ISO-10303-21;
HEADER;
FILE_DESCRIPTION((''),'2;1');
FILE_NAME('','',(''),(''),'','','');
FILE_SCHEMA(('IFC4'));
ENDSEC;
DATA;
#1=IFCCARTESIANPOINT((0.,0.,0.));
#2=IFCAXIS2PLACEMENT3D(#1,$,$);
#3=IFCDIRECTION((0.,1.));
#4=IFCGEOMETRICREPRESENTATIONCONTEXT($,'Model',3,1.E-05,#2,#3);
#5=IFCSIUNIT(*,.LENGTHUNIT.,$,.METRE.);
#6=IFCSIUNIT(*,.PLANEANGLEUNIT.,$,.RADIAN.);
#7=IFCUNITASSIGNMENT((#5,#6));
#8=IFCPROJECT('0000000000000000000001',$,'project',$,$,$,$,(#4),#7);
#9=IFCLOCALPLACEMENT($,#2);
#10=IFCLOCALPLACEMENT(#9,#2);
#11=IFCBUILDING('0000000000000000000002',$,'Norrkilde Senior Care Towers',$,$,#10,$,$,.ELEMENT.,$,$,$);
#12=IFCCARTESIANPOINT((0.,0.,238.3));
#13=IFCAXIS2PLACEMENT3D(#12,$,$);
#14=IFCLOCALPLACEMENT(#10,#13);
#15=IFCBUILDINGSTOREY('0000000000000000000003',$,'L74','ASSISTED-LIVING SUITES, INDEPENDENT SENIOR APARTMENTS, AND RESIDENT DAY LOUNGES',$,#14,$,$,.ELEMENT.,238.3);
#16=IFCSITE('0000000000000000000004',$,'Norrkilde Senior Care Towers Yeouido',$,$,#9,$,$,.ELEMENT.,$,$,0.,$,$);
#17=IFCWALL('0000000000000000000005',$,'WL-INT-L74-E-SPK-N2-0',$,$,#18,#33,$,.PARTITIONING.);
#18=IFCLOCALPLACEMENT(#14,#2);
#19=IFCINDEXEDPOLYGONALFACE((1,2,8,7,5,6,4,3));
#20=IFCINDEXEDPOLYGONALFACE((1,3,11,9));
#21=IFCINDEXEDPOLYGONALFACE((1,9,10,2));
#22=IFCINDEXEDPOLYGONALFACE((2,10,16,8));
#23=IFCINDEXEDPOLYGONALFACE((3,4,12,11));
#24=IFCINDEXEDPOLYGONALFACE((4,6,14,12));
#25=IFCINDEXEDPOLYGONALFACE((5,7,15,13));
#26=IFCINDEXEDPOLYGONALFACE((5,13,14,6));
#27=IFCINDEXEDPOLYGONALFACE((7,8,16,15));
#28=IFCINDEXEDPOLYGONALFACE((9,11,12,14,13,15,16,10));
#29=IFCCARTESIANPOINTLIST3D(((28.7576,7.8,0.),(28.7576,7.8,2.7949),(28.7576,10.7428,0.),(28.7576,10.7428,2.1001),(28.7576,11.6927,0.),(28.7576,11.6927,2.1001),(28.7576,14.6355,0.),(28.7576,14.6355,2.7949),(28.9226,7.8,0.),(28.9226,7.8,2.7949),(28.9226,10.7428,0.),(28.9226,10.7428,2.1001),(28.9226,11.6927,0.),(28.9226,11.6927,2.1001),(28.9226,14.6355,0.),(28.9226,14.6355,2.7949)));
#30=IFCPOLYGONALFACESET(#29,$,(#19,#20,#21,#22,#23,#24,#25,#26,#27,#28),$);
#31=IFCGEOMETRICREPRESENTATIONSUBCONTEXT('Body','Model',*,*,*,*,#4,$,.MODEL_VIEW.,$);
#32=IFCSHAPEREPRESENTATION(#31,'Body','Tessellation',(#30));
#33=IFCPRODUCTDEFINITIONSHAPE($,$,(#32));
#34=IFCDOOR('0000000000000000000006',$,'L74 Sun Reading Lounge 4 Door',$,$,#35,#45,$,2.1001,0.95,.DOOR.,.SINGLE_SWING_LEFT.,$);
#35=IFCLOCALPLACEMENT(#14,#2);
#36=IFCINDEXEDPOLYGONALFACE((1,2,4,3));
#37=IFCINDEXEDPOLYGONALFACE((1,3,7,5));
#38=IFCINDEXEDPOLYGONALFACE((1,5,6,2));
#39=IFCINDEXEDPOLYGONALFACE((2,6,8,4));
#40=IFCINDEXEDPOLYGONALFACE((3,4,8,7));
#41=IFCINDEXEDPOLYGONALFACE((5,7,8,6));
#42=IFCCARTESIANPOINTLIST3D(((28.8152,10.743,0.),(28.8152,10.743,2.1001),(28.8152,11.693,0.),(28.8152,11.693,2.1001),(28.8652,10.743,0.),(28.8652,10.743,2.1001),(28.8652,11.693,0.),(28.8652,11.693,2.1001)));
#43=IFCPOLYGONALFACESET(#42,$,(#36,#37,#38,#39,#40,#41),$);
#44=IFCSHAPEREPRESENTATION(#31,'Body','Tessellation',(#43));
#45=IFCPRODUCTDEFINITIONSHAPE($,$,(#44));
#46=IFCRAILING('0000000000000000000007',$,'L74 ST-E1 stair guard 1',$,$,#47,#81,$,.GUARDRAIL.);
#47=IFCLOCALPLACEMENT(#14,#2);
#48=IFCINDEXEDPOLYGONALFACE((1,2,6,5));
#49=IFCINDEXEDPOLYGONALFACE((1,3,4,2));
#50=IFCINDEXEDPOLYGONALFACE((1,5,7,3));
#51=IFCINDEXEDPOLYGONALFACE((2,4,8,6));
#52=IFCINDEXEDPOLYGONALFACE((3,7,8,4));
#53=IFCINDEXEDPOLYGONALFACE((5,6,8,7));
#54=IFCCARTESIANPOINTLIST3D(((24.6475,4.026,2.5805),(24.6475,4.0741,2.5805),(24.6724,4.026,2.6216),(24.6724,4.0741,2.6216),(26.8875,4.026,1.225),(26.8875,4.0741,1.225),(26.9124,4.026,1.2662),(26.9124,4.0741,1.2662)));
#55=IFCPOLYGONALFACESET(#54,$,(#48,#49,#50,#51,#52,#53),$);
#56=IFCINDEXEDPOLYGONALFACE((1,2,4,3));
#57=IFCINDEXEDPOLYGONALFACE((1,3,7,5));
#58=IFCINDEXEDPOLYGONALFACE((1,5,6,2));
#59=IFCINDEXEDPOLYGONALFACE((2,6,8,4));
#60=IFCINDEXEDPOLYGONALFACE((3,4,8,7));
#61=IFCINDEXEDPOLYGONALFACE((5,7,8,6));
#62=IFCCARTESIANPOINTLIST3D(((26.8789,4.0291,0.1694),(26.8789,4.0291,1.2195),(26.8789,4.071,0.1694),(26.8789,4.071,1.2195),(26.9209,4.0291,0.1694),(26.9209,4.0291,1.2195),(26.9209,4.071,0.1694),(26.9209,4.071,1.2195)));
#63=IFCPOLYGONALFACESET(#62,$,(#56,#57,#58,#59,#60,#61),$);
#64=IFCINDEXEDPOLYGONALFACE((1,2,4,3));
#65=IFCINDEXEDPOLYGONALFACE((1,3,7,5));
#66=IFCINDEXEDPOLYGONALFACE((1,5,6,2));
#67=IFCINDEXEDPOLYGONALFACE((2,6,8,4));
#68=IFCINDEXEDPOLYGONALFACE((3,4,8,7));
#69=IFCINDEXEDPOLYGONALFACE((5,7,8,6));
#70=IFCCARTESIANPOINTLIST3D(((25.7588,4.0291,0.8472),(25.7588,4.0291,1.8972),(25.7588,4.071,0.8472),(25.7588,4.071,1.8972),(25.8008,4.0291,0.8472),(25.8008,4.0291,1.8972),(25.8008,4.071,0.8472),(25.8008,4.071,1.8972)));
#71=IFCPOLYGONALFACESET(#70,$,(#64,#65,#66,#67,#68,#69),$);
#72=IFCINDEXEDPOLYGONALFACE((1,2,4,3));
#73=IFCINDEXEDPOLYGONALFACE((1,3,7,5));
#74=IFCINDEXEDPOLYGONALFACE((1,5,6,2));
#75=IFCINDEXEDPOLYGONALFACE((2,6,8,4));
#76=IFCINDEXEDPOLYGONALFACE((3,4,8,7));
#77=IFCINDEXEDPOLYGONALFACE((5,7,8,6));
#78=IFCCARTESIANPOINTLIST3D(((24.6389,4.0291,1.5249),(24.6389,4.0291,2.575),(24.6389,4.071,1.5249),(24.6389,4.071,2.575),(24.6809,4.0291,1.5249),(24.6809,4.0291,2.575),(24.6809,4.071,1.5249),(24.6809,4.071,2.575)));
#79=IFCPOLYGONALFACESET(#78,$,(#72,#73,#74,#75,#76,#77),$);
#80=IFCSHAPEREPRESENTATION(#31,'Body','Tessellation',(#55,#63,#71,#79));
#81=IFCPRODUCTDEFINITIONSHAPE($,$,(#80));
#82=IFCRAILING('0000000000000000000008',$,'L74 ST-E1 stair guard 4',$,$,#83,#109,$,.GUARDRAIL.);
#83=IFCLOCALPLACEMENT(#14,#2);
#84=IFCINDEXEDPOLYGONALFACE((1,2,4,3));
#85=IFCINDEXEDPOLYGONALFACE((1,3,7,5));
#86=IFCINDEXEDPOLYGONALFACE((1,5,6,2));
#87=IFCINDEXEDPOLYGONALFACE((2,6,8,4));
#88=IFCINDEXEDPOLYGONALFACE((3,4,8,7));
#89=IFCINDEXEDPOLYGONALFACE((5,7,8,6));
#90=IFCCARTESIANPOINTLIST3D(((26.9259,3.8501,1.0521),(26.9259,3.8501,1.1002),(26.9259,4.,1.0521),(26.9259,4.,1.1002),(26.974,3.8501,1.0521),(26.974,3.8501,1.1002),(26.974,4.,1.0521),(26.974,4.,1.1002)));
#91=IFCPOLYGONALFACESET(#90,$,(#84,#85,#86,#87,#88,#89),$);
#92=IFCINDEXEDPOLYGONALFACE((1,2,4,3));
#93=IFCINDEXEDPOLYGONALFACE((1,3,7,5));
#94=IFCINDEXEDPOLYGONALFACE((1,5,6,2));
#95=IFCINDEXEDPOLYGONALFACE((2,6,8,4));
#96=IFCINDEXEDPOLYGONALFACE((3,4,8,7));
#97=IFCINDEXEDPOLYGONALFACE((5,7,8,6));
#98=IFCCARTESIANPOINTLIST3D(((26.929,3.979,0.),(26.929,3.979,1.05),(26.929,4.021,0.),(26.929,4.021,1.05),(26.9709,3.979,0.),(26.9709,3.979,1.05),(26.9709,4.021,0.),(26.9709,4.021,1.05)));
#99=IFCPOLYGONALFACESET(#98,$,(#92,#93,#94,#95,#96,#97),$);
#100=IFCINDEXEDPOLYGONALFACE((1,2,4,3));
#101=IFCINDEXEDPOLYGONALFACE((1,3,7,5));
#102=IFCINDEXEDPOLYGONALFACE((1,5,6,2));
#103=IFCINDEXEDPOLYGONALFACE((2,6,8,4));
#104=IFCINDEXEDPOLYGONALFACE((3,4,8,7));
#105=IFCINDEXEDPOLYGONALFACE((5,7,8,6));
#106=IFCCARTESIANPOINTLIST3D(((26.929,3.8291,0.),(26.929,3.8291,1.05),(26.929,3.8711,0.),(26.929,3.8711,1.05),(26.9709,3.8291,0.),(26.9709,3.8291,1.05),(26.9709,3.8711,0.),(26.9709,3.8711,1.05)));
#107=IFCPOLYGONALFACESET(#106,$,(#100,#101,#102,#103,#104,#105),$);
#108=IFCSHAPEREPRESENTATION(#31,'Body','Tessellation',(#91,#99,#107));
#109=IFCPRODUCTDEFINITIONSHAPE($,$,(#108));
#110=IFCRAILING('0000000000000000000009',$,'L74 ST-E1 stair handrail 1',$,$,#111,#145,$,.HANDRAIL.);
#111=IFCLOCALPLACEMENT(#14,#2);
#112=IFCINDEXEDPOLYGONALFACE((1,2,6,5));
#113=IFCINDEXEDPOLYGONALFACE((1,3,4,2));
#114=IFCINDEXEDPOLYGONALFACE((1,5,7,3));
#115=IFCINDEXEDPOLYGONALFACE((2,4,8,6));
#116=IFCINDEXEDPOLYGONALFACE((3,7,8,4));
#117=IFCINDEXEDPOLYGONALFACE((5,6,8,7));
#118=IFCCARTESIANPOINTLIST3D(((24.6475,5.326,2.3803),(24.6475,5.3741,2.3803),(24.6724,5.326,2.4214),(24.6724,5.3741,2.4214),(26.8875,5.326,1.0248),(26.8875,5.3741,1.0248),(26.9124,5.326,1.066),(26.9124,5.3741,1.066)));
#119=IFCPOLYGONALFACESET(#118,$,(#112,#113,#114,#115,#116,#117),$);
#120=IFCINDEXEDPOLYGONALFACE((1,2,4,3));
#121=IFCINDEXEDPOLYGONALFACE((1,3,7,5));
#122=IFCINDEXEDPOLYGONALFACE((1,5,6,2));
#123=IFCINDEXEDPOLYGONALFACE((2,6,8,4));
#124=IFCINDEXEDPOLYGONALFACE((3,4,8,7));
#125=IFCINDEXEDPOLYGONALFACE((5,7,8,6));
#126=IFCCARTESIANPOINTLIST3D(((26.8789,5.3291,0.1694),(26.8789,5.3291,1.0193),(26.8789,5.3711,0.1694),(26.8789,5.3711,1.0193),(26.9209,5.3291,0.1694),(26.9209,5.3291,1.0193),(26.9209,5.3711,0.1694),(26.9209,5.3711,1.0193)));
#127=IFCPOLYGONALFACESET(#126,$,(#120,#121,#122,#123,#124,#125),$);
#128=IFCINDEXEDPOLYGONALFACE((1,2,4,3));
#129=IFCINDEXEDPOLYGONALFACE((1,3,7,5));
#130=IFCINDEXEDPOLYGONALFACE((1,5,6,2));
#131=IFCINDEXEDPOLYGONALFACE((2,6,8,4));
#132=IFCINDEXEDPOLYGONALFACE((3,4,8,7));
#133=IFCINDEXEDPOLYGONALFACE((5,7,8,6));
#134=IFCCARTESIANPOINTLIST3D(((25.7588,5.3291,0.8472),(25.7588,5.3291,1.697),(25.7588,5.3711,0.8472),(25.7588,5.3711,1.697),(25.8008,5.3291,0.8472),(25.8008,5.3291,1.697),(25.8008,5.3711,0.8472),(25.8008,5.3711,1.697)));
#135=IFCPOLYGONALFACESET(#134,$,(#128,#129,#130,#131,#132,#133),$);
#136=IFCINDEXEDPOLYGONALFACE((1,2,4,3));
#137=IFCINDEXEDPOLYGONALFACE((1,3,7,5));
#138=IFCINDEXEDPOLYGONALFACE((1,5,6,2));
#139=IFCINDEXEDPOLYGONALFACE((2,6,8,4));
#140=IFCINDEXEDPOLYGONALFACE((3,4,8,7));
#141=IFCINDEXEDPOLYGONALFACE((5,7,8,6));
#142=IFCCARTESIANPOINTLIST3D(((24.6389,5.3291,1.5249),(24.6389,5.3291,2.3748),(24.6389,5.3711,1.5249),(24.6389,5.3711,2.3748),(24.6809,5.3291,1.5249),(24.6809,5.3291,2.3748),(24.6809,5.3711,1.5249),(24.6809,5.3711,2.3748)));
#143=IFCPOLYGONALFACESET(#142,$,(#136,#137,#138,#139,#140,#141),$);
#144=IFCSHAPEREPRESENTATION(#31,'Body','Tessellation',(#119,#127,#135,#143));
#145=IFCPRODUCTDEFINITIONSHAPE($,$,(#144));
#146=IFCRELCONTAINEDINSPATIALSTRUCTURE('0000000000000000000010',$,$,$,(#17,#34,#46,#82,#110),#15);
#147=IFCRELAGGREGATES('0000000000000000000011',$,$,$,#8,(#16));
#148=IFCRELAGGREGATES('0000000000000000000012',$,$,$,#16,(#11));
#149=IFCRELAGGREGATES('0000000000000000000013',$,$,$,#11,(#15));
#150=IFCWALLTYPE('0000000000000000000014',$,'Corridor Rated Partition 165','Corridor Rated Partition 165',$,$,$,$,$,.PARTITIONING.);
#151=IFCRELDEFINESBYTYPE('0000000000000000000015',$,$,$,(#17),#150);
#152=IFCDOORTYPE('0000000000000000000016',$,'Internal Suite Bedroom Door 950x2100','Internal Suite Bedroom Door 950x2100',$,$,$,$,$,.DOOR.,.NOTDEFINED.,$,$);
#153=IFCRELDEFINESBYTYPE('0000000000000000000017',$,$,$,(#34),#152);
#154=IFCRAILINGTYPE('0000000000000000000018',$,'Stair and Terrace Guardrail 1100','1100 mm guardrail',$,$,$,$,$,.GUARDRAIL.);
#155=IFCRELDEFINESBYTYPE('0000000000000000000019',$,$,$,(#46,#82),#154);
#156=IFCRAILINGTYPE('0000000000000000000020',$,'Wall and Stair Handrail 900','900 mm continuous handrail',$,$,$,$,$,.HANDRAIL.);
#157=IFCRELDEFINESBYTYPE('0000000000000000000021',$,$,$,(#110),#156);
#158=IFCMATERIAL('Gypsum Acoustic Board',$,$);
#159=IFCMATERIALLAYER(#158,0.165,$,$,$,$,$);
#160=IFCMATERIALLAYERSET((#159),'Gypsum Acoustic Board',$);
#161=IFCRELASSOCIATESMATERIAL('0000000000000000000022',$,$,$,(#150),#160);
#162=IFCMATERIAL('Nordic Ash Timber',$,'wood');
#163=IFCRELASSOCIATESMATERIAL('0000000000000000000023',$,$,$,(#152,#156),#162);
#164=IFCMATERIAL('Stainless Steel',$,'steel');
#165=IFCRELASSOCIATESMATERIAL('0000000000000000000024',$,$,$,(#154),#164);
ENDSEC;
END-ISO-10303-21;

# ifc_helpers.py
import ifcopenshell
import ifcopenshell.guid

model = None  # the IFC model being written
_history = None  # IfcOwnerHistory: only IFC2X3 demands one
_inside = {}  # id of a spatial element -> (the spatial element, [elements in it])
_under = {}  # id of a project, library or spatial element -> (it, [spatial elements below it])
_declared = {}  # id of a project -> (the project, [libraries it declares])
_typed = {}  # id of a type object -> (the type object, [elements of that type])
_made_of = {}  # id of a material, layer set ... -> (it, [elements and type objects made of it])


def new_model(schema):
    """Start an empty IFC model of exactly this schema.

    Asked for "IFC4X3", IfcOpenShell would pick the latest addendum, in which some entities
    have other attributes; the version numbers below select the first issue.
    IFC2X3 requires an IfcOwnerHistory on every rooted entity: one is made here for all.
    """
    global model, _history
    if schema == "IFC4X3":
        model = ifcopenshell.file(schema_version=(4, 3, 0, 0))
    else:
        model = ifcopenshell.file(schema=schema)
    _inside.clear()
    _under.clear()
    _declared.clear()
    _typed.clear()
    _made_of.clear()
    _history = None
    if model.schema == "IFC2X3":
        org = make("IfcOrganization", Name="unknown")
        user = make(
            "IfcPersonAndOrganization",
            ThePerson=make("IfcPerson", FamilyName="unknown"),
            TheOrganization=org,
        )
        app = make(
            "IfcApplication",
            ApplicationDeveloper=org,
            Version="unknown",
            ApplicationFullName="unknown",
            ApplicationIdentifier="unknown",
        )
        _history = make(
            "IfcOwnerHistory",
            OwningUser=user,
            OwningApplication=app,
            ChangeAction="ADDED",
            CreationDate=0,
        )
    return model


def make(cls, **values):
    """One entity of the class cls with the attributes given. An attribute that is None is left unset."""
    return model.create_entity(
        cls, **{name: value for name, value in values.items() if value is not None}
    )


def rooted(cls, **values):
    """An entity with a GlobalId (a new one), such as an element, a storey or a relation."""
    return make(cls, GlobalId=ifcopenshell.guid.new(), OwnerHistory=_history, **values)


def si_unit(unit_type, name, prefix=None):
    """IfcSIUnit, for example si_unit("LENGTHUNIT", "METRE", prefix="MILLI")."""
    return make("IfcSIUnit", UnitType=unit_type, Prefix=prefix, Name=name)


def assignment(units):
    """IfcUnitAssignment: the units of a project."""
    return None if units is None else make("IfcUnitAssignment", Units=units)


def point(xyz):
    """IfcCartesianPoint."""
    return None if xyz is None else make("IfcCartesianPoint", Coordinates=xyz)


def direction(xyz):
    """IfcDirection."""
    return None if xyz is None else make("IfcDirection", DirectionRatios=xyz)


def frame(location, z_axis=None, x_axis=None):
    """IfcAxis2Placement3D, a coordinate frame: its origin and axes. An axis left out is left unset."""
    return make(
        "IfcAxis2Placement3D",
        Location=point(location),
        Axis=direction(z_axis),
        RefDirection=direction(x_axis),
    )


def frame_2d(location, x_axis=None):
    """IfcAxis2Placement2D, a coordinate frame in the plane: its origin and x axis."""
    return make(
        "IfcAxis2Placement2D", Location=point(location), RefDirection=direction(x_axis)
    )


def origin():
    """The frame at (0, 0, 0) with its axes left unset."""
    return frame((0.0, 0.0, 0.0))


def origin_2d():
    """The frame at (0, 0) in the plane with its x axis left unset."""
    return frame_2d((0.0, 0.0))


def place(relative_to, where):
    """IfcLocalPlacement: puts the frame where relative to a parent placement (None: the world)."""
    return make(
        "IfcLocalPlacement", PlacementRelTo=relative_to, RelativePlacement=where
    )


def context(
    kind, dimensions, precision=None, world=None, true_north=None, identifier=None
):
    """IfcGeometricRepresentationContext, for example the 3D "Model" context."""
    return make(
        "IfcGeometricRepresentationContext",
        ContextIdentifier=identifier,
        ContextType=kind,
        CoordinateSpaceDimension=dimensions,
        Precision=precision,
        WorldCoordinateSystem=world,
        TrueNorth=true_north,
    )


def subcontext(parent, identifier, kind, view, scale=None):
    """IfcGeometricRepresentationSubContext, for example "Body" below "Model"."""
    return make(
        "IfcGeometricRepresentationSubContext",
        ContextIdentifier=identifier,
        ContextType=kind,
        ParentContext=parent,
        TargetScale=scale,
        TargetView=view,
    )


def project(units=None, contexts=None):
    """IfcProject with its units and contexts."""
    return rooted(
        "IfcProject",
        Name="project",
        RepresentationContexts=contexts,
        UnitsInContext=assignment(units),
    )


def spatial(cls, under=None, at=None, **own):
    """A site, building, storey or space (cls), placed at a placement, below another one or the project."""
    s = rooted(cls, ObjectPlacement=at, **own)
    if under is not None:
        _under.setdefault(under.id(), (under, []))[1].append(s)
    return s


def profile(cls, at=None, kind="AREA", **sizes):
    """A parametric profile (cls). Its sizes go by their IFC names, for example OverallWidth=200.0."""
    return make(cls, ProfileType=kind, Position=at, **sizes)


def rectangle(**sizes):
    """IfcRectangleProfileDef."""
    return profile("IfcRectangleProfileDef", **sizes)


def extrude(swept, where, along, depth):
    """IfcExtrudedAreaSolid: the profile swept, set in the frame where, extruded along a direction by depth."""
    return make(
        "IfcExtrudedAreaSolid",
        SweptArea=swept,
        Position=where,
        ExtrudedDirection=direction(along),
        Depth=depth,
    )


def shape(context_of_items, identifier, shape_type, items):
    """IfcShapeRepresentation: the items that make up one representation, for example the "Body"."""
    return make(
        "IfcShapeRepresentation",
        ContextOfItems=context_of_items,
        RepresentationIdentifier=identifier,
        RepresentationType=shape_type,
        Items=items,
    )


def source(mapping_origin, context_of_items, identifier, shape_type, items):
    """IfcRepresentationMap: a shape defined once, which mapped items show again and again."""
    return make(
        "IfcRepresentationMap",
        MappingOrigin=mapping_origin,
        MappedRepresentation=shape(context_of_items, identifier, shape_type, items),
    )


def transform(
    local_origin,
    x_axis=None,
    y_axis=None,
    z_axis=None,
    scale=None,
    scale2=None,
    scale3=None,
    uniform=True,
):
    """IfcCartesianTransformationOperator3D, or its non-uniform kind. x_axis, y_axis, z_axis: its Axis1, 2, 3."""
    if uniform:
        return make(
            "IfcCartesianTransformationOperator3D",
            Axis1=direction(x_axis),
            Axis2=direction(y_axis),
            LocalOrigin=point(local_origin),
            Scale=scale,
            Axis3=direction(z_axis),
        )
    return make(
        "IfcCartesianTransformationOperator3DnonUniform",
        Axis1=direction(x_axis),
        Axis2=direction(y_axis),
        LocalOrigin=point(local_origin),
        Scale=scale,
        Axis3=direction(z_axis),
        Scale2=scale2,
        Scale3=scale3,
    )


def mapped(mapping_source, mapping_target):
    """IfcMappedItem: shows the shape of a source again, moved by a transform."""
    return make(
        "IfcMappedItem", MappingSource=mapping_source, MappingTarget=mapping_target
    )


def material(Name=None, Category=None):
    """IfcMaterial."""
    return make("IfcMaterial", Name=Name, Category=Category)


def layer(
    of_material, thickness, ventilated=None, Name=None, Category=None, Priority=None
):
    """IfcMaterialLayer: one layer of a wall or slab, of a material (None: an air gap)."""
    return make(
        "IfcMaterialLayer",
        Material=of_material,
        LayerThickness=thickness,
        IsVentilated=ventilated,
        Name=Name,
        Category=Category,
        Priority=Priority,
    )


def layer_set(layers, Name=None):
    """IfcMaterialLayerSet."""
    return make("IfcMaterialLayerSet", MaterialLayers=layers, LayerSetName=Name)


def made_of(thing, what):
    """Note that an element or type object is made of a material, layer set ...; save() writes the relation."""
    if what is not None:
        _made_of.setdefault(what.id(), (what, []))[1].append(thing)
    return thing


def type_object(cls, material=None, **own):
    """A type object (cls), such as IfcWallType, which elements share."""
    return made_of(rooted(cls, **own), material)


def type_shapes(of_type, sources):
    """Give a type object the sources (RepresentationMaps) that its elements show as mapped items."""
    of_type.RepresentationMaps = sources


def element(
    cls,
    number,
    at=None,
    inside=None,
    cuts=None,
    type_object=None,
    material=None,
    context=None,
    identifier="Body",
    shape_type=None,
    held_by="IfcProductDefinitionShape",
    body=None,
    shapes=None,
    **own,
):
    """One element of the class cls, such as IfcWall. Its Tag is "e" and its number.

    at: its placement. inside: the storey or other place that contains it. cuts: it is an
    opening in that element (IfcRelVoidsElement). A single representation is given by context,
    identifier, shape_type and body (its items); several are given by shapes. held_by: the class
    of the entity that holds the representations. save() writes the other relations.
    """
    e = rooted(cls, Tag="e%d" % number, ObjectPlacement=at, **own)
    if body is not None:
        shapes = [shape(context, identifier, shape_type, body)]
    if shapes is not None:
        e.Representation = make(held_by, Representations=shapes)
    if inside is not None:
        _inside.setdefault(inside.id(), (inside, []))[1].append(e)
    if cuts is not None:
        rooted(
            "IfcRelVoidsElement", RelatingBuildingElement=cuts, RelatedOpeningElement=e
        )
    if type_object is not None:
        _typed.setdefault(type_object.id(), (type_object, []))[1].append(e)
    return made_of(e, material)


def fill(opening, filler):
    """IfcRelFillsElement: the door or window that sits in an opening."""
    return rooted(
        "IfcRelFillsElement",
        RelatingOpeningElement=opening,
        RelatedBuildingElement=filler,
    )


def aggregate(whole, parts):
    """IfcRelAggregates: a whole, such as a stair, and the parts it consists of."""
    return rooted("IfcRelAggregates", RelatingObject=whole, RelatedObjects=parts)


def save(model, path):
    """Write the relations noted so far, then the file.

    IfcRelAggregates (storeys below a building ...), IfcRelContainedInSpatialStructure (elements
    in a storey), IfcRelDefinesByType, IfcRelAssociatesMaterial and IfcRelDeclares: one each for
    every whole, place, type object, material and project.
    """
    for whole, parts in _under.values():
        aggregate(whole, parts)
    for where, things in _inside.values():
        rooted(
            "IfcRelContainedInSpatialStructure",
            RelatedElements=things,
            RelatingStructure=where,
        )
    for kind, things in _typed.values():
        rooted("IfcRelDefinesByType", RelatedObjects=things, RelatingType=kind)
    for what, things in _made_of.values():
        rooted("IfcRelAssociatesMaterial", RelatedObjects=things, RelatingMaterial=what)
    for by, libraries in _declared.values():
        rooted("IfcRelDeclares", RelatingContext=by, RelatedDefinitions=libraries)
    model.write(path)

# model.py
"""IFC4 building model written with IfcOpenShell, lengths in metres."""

from ifc_helpers import new_model, si_unit, direction, frame, frame_2d, origin, origin_2d, place, context, subcontext, project, spatial, rectangle, extrude, source, transform, mapped, material, layer, layer_set, type_object, type_shapes, element, fill, save


model = new_model("IFC4")

# Units and contexts
model_context = context("Model", 3, precision=1e-05, world=origin(), true_north=direction((0.0, 1.0)))
body_context = subcontext(model_context, "Body", "Model", "MODEL_VIEW")
ifc_project = project(units=[si_unit("LENGTHUNIT", "METRE"), si_unit("PLANEANGLEUNIT", "RADIAN")], contexts=[model_context])

# Site, building, storey
site_placement = place(None, origin())
site = spatial("IfcSite", under=ifc_project, at=site_placement, Name="Norrkilde Senior Care Towers Yeouido", CompositionType="ELEMENT", RefElevation=0.0)
building_placement = place(site_placement, origin())
building = spatial("IfcBuilding", under=site, at=building_placement, Name="Norrkilde Senior Care Towers", CompositionType="ELEMENT")
storey_placement = place(building_placement, frame((0.0, 0.0, 238.3)))
storey = spatial("IfcBuildingStorey", under=building, at=storey_placement, Name="L74", Description="ASSISTED-LIVING SUITES, INDEPENDENT SENIOR APARTMENTS, AND RESIDENT DAY LOUNGES", CompositionType="ELEMENT", Elevation=238.3)

# Shared definitions
ifc_material_1 = material(Name="Stainless Steel", Category="steel")

# Shared definitions
ifc_material_2 = material(Name="Gypsum Acoustic Board")
ifc_layer_1 = layer(ifc_material_2, 0.165)
ifc_layer_set_1 = layer_set([ifc_layer_1], Name="Gypsum Acoustic Board")
wall_type_1 = type_object("IfcWallType", Name="Corridor Rated Partition 165", Description="Corridor Rated Partition 165", PredefinedType="PARTITIONING", material=ifc_layer_set_1)
ifc_material_3 = material(Name="Nordic Ash Timber", Category="wood")

# Wall, opening, door
shared_shape_1 = source(origin(), body_context, "Body", "SweptSolid", [
    extrude(rectangle(XDim=6.8354, YDim=0.165, at=frame_2d((3.4177, 0.0))), origin(), (0.0, 0.0, 1.0), 2.7949),
])
door_type_1 = type_object("IfcDoorType", Name="Internal Suite Bedroom Door 950x2100", Description="Internal Suite Bedroom Door 950x2100", OperationType="NOTDEFINED", PredefinedType="DOOR", material=ifc_material_3)
shared_shape_2 = source(origin(), body_context, "Body", "SweptSolid", [
    extrude(rectangle(XDim=0.95, YDim=2.1001, at=frame_2d((0.4751, 1.05))), frame((0.0, 0.0249, 0.0), z_axis=(0.0, -1.0, 0.0), x_axis=(1.0, 0.0, 0.0)), (0.0, 0.0, 1.0), 0.05),
])
type_shapes(door_type_1, [shared_shape_2])
wall_1_placement = place(storey_placement, frame((28.8401, 14.6355, 0.0), z_axis=(0.0, 0.0, 1.0), x_axis=(0.0, -1.0, 0.0)))
wall_1 = element("IfcWall", 1, at=wall_1_placement, inside=storey, type_object=wall_type_1, Name="WL-INT-L74-E-SPK-N2-0", PredefinedType="PARTITIONING", context=body_context, shape_type="MappedRepresentation", body=[
    mapped(shared_shape_1, transform((0.0, 0.0, 0.0), x_axis=(1.0, 0.0, 0.0), y_axis=(0.0, 1.0, 0.0), z_axis=(0.0, 0.0, 1.0), scale=1.0)),
])
opening_1_placement = place(wall_1_placement, frame((2.9426, 0.0, 0.0)))
opening_1 = element("IfcOpeningElement", 2, at=opening_1_placement, cuts=wall_1, PredefinedType="OPENING", context=body_context, shape_type="SweptSolid", body=[
    extrude(rectangle(XDim=0.95, YDim=2.1001, at=frame_2d((0.4751, 1.05))), frame((0.0, 0.0925, 0.0), z_axis=(0.0, -1.0, 0.0), x_axis=(1.0, 0.0, 0.0)), (0.0, 0.0, 1.0), 0.1851),
])
door_1_placement = place(opening_1_placement, frame((0.95, 0.0, 0.0), z_axis=(0.0, 0.0, 1.0), x_axis=(-1.0, 0.0, 0.0)))
door_1 = element("IfcDoor", 3, at=door_1_placement, inside=storey, type_object=door_type_1, Name="L74 Sun Reading Lounge 4 Door", OperationType="SINGLE_SWING_LEFT", OverallHeight=2.1001, OverallWidth=0.95, PredefinedType="DOOR", context=body_context, shape_type="MappedRepresentation", body=[
    mapped(shared_shape_2, transform((0.0, 0.0, 0.0), x_axis=(1.0, 0.0, 0.0), y_axis=(0.0, 1.0, 0.0), z_axis=(0.0, 0.0, 1.0), scale=1.0)),
])
fill(opening_1, door_1)

# Railings
railing_type_1 = type_object("IfcRailingType", Name="Stair and Terrace Guardrail 1100", Description="1100 mm guardrail", PredefinedType="GUARDRAIL", material=ifc_material_1)
railing_1_placement = place(storey_placement, frame((26.8999, 4.05, 0.1694)))
element("IfcRailing", 4, at=railing_1_placement, inside=storey, type_object=railing_type_1, Name="L74 ST-E1 stair guard 1", PredefinedType="GUARDRAIL", context=body_context, shape_type="SweptSolid", body=[
    extrude(rectangle(XDim=0.0481, YDim=0.0481, at=origin_2d()), frame((0.0, 0.0, 1.0762), z_axis=(-0.855553, 0.0, 0.517715), x_axis=(0.0, -1.0, 0.0)), (0.0, 0.0, 1.0), 2.6182),
    extrude(rectangle(XDim=0.042, YDim=0.042, at=origin_2d()), origin(), (0.0, 0.0, 1.0), 1.05),
    extrude(rectangle(XDim=0.042, YDim=0.042, at=origin_2d()), frame((-1.1201, 0.0, 0.6777)), (0.0, 0.0, 1.0), 1.05),
    extrude(rectangle(XDim=0.042, YDim=0.042, at=origin_2d()), frame((-2.24, 0.0, 1.3555)), (0.0, 0.0, 1.0), 1.05),
])
railing_2_placement = place(storey_placement, frame((26.95, 4.0, 0.0)))
element("IfcRailing", 5, at=railing_2_placement, inside=storey, type_object=railing_type_1, Name="L74 ST-E1 stair guard 4", PredefinedType="GUARDRAIL", context=body_context, shape_type="SweptSolid", body=[
    extrude(rectangle(XDim=0.0481, YDim=0.0481, at=origin_2d()), frame((0.0, 0.0, 1.0762), z_axis=(0.0, -1.0, 0.0), x_axis=(1.0, 0.0, 0.0)), (0.0, 0.0, 1.0), 0.1499),
    extrude(rectangle(XDim=0.042, YDim=0.042, at=origin_2d()), origin(), (0.0, 0.0, 1.0), 1.05),
    extrude(rectangle(XDim=0.042, YDim=0.042, at=origin_2d()), frame((0.0, -0.1499, 0.0)), (0.0, 0.0, 1.0), 1.05),
])
railing_type_2 = type_object("IfcRailingType", Name="Wall and Stair Handrail 900", Description="900 mm continuous handrail", PredefinedType="HANDRAIL", material=ifc_material_3)
railing_3_placement = place(storey_placement, frame((26.8999, 5.3501, 0.1694)))
element("IfcRailing", 6, at=railing_3_placement, inside=storey, type_object=railing_type_2, Name="L74 ST-E1 stair handrail 1", PredefinedType="HANDRAIL", context=body_context, shape_type="SweptSolid", body=[
    extrude(rectangle(XDim=0.0481, YDim=0.0481, at=origin_2d()), frame((0.0, 0.0, 0.876), z_axis=(-0.855553, 0.0, 0.517715), x_axis=(0.0, -1.0, 0.0)), (0.0, 0.0, 1.0), 2.6182),
    extrude(rectangle(XDim=0.042, YDim=0.042, at=origin_2d()), origin(), (0.0, 0.0, 1.0), 0.8499),
    extrude(rectangle(XDim=0.042, YDim=0.042, at=origin_2d()), frame((-1.1201, 0.0, 0.6777)), (0.0, 0.0, 1.0), 0.8499),
    extrude(rectangle(XDim=0.042, YDim=0.042, at=origin_2d()), frame((-2.24, 0.0, 1.3555)), (0.0, 0.0, 1.0), 0.8499),
])

save(model, "model.ifc")
